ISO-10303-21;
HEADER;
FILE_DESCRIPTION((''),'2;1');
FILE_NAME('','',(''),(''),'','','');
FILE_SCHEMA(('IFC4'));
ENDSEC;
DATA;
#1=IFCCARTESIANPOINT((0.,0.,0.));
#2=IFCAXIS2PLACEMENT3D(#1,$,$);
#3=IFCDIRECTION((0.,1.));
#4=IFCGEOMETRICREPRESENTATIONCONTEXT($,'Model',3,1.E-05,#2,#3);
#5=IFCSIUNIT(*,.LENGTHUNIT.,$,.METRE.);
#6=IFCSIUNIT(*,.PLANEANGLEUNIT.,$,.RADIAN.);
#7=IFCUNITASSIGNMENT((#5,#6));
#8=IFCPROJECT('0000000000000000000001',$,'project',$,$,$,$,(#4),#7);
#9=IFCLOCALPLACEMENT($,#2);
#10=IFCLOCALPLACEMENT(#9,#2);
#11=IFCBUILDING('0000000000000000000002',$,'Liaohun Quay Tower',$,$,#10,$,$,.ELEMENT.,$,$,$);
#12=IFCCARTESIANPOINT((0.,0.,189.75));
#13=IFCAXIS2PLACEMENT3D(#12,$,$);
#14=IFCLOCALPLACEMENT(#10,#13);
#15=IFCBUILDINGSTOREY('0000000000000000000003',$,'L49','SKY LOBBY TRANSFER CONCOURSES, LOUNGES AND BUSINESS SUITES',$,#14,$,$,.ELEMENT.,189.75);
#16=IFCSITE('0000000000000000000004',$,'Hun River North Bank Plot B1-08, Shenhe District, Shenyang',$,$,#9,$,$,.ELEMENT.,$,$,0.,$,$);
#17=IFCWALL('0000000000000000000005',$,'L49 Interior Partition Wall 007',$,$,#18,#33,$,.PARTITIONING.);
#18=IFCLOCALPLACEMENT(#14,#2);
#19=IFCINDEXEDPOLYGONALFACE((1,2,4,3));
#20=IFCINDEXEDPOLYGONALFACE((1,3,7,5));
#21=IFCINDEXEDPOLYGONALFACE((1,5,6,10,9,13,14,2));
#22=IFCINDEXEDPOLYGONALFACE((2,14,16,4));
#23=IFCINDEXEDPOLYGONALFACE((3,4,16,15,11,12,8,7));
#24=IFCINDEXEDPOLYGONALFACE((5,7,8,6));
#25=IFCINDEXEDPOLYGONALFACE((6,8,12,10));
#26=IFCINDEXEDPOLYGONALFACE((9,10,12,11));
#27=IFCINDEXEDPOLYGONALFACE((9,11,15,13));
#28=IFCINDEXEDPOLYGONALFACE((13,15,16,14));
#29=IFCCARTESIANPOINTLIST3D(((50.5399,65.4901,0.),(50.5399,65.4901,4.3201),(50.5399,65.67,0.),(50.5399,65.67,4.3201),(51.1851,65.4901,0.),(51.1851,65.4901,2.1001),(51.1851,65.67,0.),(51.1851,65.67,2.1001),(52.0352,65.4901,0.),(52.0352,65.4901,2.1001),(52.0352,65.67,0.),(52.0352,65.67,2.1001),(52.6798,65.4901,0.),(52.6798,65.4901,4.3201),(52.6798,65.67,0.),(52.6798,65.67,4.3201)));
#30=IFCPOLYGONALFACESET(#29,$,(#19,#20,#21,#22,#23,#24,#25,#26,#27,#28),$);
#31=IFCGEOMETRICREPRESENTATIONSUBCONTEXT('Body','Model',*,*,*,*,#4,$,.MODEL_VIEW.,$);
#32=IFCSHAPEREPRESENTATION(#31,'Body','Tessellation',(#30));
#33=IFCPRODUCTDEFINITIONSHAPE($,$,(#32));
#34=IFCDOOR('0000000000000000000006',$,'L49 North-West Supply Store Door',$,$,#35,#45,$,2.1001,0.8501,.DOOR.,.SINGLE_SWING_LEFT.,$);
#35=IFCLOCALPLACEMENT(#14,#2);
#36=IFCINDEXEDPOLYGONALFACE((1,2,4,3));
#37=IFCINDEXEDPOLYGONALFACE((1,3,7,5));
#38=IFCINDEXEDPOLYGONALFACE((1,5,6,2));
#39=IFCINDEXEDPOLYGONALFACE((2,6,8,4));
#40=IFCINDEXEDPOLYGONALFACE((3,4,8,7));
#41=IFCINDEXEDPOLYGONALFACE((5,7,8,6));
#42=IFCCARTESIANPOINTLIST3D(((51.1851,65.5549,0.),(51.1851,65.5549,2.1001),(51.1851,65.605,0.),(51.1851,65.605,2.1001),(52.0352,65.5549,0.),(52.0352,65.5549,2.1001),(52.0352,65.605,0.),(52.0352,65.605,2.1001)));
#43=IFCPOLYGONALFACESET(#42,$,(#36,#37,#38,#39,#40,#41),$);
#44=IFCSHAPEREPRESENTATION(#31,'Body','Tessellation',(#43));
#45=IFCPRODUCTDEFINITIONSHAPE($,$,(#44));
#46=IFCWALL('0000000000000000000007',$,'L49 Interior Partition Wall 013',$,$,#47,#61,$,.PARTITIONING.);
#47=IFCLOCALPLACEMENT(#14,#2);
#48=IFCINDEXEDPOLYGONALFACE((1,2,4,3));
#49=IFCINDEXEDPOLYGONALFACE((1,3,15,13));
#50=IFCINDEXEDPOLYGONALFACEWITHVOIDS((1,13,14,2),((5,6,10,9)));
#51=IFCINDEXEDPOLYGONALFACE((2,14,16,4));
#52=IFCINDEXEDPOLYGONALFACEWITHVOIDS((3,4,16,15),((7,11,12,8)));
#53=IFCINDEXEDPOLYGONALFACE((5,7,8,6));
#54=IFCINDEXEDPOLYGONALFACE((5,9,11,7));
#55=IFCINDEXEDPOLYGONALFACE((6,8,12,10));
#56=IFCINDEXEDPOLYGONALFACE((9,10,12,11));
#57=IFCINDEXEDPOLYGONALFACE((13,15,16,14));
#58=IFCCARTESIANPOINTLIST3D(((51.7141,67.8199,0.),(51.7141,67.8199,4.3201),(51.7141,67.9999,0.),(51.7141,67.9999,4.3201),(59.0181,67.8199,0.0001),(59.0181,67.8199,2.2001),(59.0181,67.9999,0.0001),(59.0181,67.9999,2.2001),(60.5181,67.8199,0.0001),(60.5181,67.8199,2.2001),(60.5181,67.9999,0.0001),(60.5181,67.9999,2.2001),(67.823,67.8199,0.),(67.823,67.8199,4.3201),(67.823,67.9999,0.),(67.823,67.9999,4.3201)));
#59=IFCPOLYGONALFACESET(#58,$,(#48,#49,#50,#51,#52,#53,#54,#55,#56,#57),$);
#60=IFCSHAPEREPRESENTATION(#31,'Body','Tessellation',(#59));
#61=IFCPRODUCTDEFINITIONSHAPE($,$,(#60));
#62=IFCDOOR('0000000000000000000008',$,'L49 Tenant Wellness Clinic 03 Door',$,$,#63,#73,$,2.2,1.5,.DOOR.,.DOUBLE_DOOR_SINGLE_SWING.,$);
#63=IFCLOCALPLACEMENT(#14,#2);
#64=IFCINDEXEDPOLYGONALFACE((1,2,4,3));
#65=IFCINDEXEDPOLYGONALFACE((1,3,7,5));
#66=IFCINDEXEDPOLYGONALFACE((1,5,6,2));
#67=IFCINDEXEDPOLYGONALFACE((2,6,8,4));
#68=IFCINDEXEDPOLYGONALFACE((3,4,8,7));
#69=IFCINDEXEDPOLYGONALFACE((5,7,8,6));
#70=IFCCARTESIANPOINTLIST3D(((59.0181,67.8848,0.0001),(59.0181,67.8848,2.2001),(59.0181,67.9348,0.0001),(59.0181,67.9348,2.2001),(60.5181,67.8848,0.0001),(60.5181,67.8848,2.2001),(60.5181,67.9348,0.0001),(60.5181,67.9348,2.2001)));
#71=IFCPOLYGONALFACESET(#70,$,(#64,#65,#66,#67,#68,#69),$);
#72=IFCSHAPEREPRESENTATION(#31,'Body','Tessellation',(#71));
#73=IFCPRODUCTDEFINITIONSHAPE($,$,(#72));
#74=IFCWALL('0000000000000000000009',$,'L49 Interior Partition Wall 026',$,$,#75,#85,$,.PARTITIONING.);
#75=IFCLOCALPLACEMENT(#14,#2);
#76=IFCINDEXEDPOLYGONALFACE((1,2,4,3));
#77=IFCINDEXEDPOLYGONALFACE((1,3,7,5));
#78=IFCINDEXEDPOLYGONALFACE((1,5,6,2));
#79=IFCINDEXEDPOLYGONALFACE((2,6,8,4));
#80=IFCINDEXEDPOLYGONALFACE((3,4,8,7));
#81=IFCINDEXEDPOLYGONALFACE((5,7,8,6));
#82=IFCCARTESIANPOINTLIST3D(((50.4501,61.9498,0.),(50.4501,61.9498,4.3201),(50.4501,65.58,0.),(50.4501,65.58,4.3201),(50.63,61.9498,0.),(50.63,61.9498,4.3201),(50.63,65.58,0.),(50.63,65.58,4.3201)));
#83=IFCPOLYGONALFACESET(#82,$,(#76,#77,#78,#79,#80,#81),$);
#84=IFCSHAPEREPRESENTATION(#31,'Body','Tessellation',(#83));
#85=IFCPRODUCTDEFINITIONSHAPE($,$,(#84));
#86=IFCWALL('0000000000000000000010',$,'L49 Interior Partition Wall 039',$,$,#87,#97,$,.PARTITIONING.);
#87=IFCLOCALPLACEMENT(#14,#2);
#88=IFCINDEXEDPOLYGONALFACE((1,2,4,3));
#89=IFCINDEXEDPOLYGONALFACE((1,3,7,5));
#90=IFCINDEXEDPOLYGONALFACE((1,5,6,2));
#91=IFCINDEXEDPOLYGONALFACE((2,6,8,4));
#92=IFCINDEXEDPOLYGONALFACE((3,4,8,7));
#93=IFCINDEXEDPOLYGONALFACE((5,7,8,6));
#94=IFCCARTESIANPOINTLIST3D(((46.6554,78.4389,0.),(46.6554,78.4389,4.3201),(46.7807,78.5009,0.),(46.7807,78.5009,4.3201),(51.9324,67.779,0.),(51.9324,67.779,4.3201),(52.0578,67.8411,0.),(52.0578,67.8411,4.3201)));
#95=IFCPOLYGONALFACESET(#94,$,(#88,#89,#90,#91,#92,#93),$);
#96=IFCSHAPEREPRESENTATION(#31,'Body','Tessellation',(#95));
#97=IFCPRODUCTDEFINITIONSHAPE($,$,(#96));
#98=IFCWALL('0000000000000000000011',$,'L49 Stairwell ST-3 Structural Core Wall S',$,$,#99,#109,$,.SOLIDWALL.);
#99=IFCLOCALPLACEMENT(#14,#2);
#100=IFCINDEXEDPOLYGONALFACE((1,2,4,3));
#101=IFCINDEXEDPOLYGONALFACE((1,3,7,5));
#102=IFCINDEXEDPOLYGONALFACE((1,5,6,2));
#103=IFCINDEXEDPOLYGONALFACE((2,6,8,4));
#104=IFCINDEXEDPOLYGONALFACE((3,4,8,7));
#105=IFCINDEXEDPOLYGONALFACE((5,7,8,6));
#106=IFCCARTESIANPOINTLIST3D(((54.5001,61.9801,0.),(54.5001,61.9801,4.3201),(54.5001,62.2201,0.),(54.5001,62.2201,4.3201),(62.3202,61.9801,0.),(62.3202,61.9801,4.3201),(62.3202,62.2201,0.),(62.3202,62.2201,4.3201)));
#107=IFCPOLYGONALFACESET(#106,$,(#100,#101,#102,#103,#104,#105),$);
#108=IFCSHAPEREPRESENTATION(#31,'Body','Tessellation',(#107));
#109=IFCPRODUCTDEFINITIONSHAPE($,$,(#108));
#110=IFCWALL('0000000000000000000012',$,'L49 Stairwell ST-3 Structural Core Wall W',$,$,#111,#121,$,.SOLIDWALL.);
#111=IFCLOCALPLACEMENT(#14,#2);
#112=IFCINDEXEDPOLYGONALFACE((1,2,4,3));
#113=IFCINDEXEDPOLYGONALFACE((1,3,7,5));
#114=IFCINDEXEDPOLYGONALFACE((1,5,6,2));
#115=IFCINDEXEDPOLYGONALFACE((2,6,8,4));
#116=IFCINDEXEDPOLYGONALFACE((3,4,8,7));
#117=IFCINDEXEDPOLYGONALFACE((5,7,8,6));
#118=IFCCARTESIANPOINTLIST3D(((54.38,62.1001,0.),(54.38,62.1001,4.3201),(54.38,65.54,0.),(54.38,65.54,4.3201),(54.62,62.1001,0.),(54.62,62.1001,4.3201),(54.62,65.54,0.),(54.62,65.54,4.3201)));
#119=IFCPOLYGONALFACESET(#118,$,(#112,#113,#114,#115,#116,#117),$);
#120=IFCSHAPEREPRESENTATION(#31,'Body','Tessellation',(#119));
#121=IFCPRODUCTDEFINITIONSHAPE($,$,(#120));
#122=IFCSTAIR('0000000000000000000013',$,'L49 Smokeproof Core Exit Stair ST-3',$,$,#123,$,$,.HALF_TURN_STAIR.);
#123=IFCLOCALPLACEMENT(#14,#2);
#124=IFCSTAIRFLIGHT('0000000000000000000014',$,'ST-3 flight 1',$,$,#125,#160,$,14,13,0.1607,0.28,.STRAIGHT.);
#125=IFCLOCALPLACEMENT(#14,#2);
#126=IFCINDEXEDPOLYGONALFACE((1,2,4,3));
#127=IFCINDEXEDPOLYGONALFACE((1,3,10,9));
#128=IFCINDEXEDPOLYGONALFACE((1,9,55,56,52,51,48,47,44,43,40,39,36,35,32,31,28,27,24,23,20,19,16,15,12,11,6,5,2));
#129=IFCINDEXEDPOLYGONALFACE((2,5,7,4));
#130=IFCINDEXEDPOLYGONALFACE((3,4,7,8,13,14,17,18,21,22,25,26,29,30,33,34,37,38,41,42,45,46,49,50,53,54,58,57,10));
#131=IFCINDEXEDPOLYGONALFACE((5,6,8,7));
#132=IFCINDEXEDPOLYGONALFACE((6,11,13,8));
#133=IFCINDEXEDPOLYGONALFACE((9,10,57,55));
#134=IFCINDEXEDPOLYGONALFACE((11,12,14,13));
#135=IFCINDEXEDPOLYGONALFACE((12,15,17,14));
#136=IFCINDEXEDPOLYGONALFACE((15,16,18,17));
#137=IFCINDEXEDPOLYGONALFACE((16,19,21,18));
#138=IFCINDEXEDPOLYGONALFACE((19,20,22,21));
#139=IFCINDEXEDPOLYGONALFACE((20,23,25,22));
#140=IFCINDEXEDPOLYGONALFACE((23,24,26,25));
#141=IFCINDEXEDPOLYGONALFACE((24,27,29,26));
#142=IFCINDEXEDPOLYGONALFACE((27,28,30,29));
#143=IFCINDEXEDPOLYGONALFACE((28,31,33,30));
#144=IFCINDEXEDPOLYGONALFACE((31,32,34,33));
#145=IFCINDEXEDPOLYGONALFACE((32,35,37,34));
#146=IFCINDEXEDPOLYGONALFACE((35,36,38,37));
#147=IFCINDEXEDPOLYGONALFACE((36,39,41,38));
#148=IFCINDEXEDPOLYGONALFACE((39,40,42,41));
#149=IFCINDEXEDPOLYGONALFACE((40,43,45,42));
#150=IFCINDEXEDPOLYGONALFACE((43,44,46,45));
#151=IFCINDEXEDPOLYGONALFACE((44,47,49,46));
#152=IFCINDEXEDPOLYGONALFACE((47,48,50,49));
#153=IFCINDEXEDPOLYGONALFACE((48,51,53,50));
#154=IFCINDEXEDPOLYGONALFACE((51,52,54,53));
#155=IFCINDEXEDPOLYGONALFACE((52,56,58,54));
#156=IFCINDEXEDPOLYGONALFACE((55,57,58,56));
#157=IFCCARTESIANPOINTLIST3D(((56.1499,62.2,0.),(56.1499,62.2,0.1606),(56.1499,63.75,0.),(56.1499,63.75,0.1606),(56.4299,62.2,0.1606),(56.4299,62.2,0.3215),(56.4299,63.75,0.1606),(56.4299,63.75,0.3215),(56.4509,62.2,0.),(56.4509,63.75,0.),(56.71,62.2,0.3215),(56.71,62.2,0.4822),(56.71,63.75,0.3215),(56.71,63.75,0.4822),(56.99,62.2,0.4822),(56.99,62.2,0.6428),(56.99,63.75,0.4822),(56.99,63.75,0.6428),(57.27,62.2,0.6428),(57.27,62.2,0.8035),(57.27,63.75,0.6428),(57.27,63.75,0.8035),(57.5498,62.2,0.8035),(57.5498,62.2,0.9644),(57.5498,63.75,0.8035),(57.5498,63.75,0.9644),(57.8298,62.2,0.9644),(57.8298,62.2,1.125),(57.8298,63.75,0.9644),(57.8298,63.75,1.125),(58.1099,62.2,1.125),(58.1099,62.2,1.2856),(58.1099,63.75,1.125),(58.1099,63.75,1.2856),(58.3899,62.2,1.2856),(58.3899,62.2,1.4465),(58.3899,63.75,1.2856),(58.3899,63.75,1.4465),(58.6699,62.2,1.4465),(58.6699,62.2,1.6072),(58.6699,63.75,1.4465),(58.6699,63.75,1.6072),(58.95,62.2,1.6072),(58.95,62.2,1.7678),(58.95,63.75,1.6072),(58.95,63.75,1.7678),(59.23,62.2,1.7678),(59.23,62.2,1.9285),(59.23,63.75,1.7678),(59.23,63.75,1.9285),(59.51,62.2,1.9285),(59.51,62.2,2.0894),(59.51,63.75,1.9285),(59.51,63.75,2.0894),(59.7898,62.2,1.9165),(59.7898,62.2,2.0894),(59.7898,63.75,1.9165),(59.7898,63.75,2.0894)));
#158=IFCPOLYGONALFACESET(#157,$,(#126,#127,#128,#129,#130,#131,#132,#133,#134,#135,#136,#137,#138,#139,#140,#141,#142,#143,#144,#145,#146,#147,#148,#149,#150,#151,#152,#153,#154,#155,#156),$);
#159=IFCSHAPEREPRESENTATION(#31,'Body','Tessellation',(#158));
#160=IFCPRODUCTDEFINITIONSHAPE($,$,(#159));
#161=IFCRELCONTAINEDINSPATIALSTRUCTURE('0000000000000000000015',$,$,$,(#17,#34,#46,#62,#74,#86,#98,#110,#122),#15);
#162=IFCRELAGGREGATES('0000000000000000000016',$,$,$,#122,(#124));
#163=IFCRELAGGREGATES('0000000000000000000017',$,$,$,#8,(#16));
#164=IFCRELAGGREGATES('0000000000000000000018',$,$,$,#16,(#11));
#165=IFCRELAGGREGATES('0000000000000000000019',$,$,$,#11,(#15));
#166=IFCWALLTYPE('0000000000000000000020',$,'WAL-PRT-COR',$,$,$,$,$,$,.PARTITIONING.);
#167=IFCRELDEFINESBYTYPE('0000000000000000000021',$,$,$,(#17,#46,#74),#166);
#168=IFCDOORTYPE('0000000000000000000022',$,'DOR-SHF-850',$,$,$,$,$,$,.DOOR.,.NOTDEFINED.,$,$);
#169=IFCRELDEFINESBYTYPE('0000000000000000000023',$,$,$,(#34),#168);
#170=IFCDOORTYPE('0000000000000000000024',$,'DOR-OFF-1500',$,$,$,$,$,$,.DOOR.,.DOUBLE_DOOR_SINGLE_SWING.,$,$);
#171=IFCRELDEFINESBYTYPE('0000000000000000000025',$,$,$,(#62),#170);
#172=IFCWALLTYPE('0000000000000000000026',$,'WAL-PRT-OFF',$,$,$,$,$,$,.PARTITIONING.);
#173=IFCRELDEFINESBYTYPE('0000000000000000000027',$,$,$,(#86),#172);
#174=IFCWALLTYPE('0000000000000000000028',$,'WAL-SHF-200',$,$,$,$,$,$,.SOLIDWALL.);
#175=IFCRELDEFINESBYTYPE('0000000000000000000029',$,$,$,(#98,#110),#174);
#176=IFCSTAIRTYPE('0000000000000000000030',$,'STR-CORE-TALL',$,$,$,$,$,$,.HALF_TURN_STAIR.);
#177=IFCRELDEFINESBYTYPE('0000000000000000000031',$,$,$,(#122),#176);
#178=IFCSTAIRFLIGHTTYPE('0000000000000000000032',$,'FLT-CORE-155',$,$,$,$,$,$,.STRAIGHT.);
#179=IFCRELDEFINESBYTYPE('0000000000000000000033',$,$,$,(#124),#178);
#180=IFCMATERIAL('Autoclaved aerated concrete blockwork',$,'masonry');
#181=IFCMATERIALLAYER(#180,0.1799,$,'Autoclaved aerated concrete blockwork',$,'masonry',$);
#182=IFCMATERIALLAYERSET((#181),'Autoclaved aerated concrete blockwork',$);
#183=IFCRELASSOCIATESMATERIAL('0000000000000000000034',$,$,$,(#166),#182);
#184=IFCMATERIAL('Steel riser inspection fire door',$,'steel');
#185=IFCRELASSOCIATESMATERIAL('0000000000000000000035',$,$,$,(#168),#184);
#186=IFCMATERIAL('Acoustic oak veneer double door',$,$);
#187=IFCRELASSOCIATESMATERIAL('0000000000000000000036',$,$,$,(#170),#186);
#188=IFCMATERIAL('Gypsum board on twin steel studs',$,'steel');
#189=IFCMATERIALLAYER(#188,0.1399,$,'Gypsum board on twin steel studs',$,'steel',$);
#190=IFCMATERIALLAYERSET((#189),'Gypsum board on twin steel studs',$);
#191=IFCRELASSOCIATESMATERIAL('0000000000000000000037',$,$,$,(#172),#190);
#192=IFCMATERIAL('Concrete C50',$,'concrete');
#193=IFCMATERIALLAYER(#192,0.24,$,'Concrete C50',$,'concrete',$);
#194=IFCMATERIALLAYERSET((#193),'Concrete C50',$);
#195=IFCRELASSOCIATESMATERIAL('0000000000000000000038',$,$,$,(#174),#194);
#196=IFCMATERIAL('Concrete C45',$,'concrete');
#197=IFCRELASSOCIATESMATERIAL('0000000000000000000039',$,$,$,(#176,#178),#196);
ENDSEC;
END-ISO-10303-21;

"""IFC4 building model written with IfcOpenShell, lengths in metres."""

from ifc_helpers import new_model, si_unit, direction, frame, frame_2d, origin, place, context, subcontext, project, spatial, polyline, rectangle, outline, extrude, source, transform, mapped, material, layer, layer_set, type_object, element, fill, aggregate, save


model = new_model("IFC4")

# Units and contexts
model_context = context("Model", 3, precision=1e-05, world=origin(), true_north=direction((0.0, 1.0)))
body_context = subcontext(model_context, "Body", "Model", "MODEL_VIEW")
ifc_project = project(units=[si_unit("LENGTHUNIT", "METRE"), si_unit("PLANEANGLEUNIT", "RADIAN")], contexts=[model_context])

# Site, building, storey
site_placement = place(None, origin())
site = spatial("IfcSite", under=ifc_project, at=site_placement, Name="Hun River North Bank Plot B1-08, Shenhe District, Shenyang", CompositionType="ELEMENT", RefElevation=0.0)
building_placement = place(site_placement, origin())
building = spatial("IfcBuilding", under=site, at=building_placement, Name="Liaohun Quay Tower", CompositionType="ELEMENT")
storey_placement = place(building_placement, frame((0.0, 0.0, 189.75)))
storey = spatial("IfcBuildingStorey", under=building, at=storey_placement, Name="L49", Description="SKY LOBBY TRANSFER CONCOURSES, LOUNGES AND BUSINESS SUITES", CompositionType="ELEMENT", Elevation=189.75)

# Walls, openings, doors
ifc_material_1 = material(Name="Autoclaved aerated concrete blockwork", Category="masonry")
ifc_layer_1 = layer(ifc_material_1, 0.1799, Name="Autoclaved aerated concrete blockwork", Category="masonry")
ifc_layer_set_1 = layer_set([ifc_layer_1], Name="Autoclaved aerated concrete blockwork")
wall_type_1 = type_object("IfcWallType", Name="WAL-PRT-COR", PredefinedType="PARTITIONING", material=ifc_layer_set_1)
wall_1_placement = place(storey_placement, frame((50.54, 65.5801, 0.0), z_axis=(0.0, 0.0, 1.0), x_axis=(1.0, 0.0, 0.0)))
wall_1 = element("IfcWall", 1, at=wall_1_placement, inside=storey, type_object=wall_type_1, Name="L49 Interior Partition Wall 007", PredefinedType="PARTITIONING", context=body_context, shape_type="SweptSolid", body=[
    extrude(rectangle(XDim=2.1399, YDim=0.1799, at=frame_2d((1.0698, 0.0))), origin(), (0.0, 0.0, 1.0), 4.3201),
])
shared_shape_1 = source(origin(), body_context, "Body", "SweptSolid", [
    extrude(rectangle(XDim=0.8501, YDim=2.1001, at=frame_2d((0.425, 1.05))), frame((0.0, 0.0999, 0.0), z_axis=(0.0, -1.0, 0.0), x_axis=(1.0, 0.0, 0.0)), (0.0, 0.0, 1.0), 0.2),
])
opening_1_placement = place(wall_1_placement, frame((0.645, 0.0, 0.0)))
opening_1 = element("IfcOpeningElement", 2, at=opening_1_placement, cuts=wall_1, PredefinedType="OPENING", context=body_context, shape_type="MappedRepresentation", body=[
    mapped(shared_shape_1, transform((0.0, 0.0, 0.0), x_axis=(1.0, 0.0, 0.0), y_axis=(0.0, 1.0, 0.0), z_axis=(0.0, 0.0, 1.0), scale=1.0)),
])
ifc_material_2 = material(Name="Steel riser inspection fire door", Category="steel")
door_type_1 = type_object("IfcDoorType", Name="DOR-SHF-850", OperationType="NOTDEFINED", PredefinedType="DOOR", material=ifc_material_2)
shared_shape_2 = source(origin(), body_context, "Body", "SweptSolid", [
    extrude(rectangle(XDim=0.8501, YDim=2.1001, at=frame_2d((0.425, 1.05))), frame((0.0, 0.0249, 0.0), z_axis=(0.0, -1.0, 0.0), x_axis=(1.0, 0.0, 0.0)), (0.0, 0.0, 1.0), 0.05),
])
door_1_placement = place(opening_1_placement, origin())
door_1 = element("IfcDoor", 3, at=door_1_placement, inside=storey, type_object=door_type_1, Name="L49 North-West Supply Store Door", OperationType="SINGLE_SWING_LEFT", OverallHeight=2.1001, OverallWidth=0.8501, PredefinedType="DOOR", context=body_context, shape_type="MappedRepresentation", body=[
    mapped(shared_shape_2, transform((0.0, 0.0, 0.0), x_axis=(1.0, 0.0, 0.0), y_axis=(0.0, 1.0, 0.0), z_axis=(0.0, 0.0, 1.0), scale=1.0)),
])
fill(opening_1, door_1)
wall_2_placement = place(storey_placement, frame((51.7141, 67.9099, 0.0), z_axis=(0.0, 0.0, 1.0), x_axis=(1.0, 0.0, 0.0)))
wall_2 = element("IfcWall", 4, at=wall_2_placement, inside=storey, type_object=wall_type_1, Name="L49 Interior Partition Wall 013", PredefinedType="PARTITIONING", context=body_context, shape_type="SweptSolid", body=[
    extrude(rectangle(XDim=16.1089, YDim=0.1799, at=frame_2d((8.0544, 0.0))), origin(), (0.0, 0.0, 1.0), 4.3201),
])
shared_shape_3 = source(origin(), body_context, "Body", "SweptSolid", [
    extrude(rectangle(XDim=1.5, YDim=2.2, at=frame_2d((0.75, 1.1001))), frame((0.0, 0.0999, 0.0), z_axis=(0.0, -1.0, 0.0), x_axis=(1.0, 0.0, 0.0)), (0.0, 0.0, 1.0), 0.2),
])
opening_2_placement = place(wall_2_placement, frame((7.304, 0.0, 0.0)))
opening_2 = element("IfcOpeningElement", 5, at=opening_2_placement, cuts=wall_2, PredefinedType="OPENING", context=body_context, shape_type="MappedRepresentation", body=[
    mapped(shared_shape_3, transform((0.0, 0.0, 0.0), x_axis=(1.0, 0.0, 0.0), y_axis=(0.0, 1.0, 0.0), z_axis=(0.0, 0.0, 1.0), scale=1.0)),
])
ifc_material_3 = material(Name="Acoustic oak veneer double door")
door_type_2 = type_object("IfcDoorType", Name="DOR-OFF-1500", OperationType="DOUBLE_DOOR_SINGLE_SWING", PredefinedType="DOOR", material=ifc_material_3)
shared_shape_4 = source(origin(), body_context, "Body", "SweptSolid", [
    extrude(rectangle(XDim=1.5, YDim=2.2, at=frame_2d((0.75, 1.1001))), frame((0.0, 0.0249, 0.0), z_axis=(0.0, -1.0, 0.0), x_axis=(1.0, 0.0, 0.0)), (0.0, 0.0, 1.0), 0.05),
])
door_2_placement = place(opening_2_placement, origin())
door_2 = element("IfcDoor", 6, at=door_2_placement, inside=storey, type_object=door_type_2, Name="L49 Tenant Wellness Clinic 03 Door", OperationType="DOUBLE_DOOR_SINGLE_SWING", OverallHeight=2.2, OverallWidth=1.5, PredefinedType="DOOR", context=body_context, shape_type="MappedRepresentation", body=[
    mapped(shared_shape_4, transform((0.0, 0.0, 0.0), x_axis=(1.0, 0.0, 0.0), y_axis=(0.0, 1.0, 0.0), z_axis=(0.0, 0.0, 1.0), scale=1.0)),
])
fill(opening_2, door_2)

# Walls
wall_3_placement = place(storey_placement, frame((50.54, 61.95, 0.0), z_axis=(0.0, 0.0, 1.0), x_axis=(0.0, 1.0, 0.0)))
element("IfcWall", 7, at=wall_3_placement, inside=storey, type_object=wall_type_1, Name="L49 Interior Partition Wall 026", PredefinedType="PARTITIONING", context=body_context, shape_type="SweptSolid", body=[
    extrude(rectangle(XDim=3.6301, YDim=0.1799, at=frame_2d((1.8149, 0.0))), origin(), (0.0, 0.0, 1.0), 4.3201),
])
ifc_material_4 = material(Name="Gypsum board on twin steel studs", Category="steel")
ifc_layer_2 = layer(ifc_material_4, 0.1399, Name="Gypsum board on twin steel studs", Category="steel")
ifc_layer_set_2 = layer_set([ifc_layer_2], Name="Gypsum board on twin steel studs")
wall_type_2 = type_object("IfcWallType", Name="WAL-PRT-OFF", PredefinedType="PARTITIONING", material=ifc_layer_set_2)
wall_4_placement = place(storey_placement, frame((51.9951, 67.8101, 0.0), z_axis=(0.0, 0.0, 1.0), x_axis=(-0.443655, 0.896198, 0.0)))
element("IfcWall", 8, at=wall_4_placement, inside=storey, type_object=wall_type_2, Name="L49 Interior Partition Wall 039", PredefinedType="PARTITIONING", context=body_context, shape_type="SweptSolid", body=[
    extrude(rectangle(XDim=11.8945, YDim=0.1399, at=frame_2d((5.9473, 0.0))), origin(), (0.0, 0.0, 1.0), 4.3201),
])
ifc_material_5 = material(Name="Concrete C50", Category="concrete")
ifc_layer_3 = layer(ifc_material_5, 0.24, Name="Concrete C50", Category="concrete")
ifc_layer_set_3 = layer_set([ifc_layer_3], Name="Concrete C50")
wall_type_3 = type_object("IfcWallType", Name="WAL-SHF-200", PredefinedType="SOLIDWALL", material=ifc_layer_set_3)
wall_5_placement = place(storey_placement, frame((54.5, 62.1001, 0.0), z_axis=(0.0, 0.0, 1.0), x_axis=(1.0, 0.0, 0.0)))
element("IfcWall", 9, at=wall_5_placement, inside=storey, type_object=wall_type_3, Name="L49 Stairwell ST-3 Structural Core Wall S", PredefinedType="SOLIDWALL", context=body_context, shape_type="SweptSolid", body=[
    extrude(rectangle(XDim=7.8201, YDim=0.24, at=frame_2d((3.9102, 0.0))), origin(), (0.0, 0.0, 1.0), 4.3201),
])
wall_6_placement = place(storey_placement, frame((54.5, 65.54, 0.0), z_axis=(0.0, 0.0, 1.0), x_axis=(0.0, -1.0, 0.0)))
element("IfcWall", 10, at=wall_6_placement, inside=storey, type_object=wall_type_3, Name="L49 Stairwell ST-3 Structural Core Wall W", PredefinedType="SOLIDWALL", context=body_context, shape_type="SweptSolid", body=[
    extrude(rectangle(XDim=3.4399, YDim=0.24, at=frame_2d((1.72, 0.0))), origin(), (0.0, 0.0, 1.0), 4.3201),
])

# Stair, stair flight
ifc_material_6 = material(Name="Concrete C45", Category="concrete")
stair_type = type_object("IfcStairType", Name="STR-CORE-TALL", PredefinedType="HALF_TURN_STAIR", material=ifc_material_6)
stair_placement = place(storey_placement, origin())
stair = element("IfcStair", 11, at=stair_placement, inside=storey, type_object=stair_type, Name="L49 Smokeproof Core Exit Stair ST-3", PredefinedType="HALF_TURN_STAIR")
stair_flight_type = type_object("IfcStairFlightType", Name="FLT-CORE-155", PredefinedType="STRAIGHT", material=ifc_material_6)
stair_flight_placement = place(storey_placement, frame((56.1499, 62.9751, 0.0), z_axis=(0.0, 0.0, 1.0), x_axis=(1.0, 0.0, 0.0)))
stair_flight = element("IfcStairFlight", 12, at=stair_flight_placement, type_object=stair_flight_type, Name="ST-3 flight 1", NumberOfRisers=14, NumberOfTreads=13, PredefinedType="STRAIGHT", RiserHeight=0.1607, TreadLength=0.28, context=body_context, shape_type="SweptSolid", body=[
    extrude(outline(polyline([(0.0, 0.0), (0.0, 0.1606), (0.28, 0.1606), (0.28, 0.3215), (0.5601, 0.3215), (0.5601, 0.4822), (0.8401, 0.4822), (0.8401, 0.6428), (1.1201, 0.6428), (1.1201, 0.8035), (1.3999, 0.8035), (1.3999, 0.9644), (1.6799, 0.9644), (1.6799, 1.125), (1.96, 1.125), (1.96, 1.2856), (2.24, 1.2856), (2.24, 1.4465), (2.52, 1.4465), (2.52, 1.6072), (2.8, 1.6072), (2.8, 1.7678), (3.0801, 1.7678), (3.0801, 1.9285), (3.3601, 1.9285), (3.3601, 2.0894), (3.6399, 2.0894), (3.6399, 2.25), (3.6399, 1.9165), (0.301, 0.0), (0.0, 0.0)])), frame((0.0, 0.7749, 0.0), z_axis=(0.0, -1.0, 0.0), x_axis=(1.0, 0.0, 0.0)), (0.0, 0.0, 1.0), 1.55),
])
aggregate(stair, [stair_flight])

save(model, "model.ifc")
